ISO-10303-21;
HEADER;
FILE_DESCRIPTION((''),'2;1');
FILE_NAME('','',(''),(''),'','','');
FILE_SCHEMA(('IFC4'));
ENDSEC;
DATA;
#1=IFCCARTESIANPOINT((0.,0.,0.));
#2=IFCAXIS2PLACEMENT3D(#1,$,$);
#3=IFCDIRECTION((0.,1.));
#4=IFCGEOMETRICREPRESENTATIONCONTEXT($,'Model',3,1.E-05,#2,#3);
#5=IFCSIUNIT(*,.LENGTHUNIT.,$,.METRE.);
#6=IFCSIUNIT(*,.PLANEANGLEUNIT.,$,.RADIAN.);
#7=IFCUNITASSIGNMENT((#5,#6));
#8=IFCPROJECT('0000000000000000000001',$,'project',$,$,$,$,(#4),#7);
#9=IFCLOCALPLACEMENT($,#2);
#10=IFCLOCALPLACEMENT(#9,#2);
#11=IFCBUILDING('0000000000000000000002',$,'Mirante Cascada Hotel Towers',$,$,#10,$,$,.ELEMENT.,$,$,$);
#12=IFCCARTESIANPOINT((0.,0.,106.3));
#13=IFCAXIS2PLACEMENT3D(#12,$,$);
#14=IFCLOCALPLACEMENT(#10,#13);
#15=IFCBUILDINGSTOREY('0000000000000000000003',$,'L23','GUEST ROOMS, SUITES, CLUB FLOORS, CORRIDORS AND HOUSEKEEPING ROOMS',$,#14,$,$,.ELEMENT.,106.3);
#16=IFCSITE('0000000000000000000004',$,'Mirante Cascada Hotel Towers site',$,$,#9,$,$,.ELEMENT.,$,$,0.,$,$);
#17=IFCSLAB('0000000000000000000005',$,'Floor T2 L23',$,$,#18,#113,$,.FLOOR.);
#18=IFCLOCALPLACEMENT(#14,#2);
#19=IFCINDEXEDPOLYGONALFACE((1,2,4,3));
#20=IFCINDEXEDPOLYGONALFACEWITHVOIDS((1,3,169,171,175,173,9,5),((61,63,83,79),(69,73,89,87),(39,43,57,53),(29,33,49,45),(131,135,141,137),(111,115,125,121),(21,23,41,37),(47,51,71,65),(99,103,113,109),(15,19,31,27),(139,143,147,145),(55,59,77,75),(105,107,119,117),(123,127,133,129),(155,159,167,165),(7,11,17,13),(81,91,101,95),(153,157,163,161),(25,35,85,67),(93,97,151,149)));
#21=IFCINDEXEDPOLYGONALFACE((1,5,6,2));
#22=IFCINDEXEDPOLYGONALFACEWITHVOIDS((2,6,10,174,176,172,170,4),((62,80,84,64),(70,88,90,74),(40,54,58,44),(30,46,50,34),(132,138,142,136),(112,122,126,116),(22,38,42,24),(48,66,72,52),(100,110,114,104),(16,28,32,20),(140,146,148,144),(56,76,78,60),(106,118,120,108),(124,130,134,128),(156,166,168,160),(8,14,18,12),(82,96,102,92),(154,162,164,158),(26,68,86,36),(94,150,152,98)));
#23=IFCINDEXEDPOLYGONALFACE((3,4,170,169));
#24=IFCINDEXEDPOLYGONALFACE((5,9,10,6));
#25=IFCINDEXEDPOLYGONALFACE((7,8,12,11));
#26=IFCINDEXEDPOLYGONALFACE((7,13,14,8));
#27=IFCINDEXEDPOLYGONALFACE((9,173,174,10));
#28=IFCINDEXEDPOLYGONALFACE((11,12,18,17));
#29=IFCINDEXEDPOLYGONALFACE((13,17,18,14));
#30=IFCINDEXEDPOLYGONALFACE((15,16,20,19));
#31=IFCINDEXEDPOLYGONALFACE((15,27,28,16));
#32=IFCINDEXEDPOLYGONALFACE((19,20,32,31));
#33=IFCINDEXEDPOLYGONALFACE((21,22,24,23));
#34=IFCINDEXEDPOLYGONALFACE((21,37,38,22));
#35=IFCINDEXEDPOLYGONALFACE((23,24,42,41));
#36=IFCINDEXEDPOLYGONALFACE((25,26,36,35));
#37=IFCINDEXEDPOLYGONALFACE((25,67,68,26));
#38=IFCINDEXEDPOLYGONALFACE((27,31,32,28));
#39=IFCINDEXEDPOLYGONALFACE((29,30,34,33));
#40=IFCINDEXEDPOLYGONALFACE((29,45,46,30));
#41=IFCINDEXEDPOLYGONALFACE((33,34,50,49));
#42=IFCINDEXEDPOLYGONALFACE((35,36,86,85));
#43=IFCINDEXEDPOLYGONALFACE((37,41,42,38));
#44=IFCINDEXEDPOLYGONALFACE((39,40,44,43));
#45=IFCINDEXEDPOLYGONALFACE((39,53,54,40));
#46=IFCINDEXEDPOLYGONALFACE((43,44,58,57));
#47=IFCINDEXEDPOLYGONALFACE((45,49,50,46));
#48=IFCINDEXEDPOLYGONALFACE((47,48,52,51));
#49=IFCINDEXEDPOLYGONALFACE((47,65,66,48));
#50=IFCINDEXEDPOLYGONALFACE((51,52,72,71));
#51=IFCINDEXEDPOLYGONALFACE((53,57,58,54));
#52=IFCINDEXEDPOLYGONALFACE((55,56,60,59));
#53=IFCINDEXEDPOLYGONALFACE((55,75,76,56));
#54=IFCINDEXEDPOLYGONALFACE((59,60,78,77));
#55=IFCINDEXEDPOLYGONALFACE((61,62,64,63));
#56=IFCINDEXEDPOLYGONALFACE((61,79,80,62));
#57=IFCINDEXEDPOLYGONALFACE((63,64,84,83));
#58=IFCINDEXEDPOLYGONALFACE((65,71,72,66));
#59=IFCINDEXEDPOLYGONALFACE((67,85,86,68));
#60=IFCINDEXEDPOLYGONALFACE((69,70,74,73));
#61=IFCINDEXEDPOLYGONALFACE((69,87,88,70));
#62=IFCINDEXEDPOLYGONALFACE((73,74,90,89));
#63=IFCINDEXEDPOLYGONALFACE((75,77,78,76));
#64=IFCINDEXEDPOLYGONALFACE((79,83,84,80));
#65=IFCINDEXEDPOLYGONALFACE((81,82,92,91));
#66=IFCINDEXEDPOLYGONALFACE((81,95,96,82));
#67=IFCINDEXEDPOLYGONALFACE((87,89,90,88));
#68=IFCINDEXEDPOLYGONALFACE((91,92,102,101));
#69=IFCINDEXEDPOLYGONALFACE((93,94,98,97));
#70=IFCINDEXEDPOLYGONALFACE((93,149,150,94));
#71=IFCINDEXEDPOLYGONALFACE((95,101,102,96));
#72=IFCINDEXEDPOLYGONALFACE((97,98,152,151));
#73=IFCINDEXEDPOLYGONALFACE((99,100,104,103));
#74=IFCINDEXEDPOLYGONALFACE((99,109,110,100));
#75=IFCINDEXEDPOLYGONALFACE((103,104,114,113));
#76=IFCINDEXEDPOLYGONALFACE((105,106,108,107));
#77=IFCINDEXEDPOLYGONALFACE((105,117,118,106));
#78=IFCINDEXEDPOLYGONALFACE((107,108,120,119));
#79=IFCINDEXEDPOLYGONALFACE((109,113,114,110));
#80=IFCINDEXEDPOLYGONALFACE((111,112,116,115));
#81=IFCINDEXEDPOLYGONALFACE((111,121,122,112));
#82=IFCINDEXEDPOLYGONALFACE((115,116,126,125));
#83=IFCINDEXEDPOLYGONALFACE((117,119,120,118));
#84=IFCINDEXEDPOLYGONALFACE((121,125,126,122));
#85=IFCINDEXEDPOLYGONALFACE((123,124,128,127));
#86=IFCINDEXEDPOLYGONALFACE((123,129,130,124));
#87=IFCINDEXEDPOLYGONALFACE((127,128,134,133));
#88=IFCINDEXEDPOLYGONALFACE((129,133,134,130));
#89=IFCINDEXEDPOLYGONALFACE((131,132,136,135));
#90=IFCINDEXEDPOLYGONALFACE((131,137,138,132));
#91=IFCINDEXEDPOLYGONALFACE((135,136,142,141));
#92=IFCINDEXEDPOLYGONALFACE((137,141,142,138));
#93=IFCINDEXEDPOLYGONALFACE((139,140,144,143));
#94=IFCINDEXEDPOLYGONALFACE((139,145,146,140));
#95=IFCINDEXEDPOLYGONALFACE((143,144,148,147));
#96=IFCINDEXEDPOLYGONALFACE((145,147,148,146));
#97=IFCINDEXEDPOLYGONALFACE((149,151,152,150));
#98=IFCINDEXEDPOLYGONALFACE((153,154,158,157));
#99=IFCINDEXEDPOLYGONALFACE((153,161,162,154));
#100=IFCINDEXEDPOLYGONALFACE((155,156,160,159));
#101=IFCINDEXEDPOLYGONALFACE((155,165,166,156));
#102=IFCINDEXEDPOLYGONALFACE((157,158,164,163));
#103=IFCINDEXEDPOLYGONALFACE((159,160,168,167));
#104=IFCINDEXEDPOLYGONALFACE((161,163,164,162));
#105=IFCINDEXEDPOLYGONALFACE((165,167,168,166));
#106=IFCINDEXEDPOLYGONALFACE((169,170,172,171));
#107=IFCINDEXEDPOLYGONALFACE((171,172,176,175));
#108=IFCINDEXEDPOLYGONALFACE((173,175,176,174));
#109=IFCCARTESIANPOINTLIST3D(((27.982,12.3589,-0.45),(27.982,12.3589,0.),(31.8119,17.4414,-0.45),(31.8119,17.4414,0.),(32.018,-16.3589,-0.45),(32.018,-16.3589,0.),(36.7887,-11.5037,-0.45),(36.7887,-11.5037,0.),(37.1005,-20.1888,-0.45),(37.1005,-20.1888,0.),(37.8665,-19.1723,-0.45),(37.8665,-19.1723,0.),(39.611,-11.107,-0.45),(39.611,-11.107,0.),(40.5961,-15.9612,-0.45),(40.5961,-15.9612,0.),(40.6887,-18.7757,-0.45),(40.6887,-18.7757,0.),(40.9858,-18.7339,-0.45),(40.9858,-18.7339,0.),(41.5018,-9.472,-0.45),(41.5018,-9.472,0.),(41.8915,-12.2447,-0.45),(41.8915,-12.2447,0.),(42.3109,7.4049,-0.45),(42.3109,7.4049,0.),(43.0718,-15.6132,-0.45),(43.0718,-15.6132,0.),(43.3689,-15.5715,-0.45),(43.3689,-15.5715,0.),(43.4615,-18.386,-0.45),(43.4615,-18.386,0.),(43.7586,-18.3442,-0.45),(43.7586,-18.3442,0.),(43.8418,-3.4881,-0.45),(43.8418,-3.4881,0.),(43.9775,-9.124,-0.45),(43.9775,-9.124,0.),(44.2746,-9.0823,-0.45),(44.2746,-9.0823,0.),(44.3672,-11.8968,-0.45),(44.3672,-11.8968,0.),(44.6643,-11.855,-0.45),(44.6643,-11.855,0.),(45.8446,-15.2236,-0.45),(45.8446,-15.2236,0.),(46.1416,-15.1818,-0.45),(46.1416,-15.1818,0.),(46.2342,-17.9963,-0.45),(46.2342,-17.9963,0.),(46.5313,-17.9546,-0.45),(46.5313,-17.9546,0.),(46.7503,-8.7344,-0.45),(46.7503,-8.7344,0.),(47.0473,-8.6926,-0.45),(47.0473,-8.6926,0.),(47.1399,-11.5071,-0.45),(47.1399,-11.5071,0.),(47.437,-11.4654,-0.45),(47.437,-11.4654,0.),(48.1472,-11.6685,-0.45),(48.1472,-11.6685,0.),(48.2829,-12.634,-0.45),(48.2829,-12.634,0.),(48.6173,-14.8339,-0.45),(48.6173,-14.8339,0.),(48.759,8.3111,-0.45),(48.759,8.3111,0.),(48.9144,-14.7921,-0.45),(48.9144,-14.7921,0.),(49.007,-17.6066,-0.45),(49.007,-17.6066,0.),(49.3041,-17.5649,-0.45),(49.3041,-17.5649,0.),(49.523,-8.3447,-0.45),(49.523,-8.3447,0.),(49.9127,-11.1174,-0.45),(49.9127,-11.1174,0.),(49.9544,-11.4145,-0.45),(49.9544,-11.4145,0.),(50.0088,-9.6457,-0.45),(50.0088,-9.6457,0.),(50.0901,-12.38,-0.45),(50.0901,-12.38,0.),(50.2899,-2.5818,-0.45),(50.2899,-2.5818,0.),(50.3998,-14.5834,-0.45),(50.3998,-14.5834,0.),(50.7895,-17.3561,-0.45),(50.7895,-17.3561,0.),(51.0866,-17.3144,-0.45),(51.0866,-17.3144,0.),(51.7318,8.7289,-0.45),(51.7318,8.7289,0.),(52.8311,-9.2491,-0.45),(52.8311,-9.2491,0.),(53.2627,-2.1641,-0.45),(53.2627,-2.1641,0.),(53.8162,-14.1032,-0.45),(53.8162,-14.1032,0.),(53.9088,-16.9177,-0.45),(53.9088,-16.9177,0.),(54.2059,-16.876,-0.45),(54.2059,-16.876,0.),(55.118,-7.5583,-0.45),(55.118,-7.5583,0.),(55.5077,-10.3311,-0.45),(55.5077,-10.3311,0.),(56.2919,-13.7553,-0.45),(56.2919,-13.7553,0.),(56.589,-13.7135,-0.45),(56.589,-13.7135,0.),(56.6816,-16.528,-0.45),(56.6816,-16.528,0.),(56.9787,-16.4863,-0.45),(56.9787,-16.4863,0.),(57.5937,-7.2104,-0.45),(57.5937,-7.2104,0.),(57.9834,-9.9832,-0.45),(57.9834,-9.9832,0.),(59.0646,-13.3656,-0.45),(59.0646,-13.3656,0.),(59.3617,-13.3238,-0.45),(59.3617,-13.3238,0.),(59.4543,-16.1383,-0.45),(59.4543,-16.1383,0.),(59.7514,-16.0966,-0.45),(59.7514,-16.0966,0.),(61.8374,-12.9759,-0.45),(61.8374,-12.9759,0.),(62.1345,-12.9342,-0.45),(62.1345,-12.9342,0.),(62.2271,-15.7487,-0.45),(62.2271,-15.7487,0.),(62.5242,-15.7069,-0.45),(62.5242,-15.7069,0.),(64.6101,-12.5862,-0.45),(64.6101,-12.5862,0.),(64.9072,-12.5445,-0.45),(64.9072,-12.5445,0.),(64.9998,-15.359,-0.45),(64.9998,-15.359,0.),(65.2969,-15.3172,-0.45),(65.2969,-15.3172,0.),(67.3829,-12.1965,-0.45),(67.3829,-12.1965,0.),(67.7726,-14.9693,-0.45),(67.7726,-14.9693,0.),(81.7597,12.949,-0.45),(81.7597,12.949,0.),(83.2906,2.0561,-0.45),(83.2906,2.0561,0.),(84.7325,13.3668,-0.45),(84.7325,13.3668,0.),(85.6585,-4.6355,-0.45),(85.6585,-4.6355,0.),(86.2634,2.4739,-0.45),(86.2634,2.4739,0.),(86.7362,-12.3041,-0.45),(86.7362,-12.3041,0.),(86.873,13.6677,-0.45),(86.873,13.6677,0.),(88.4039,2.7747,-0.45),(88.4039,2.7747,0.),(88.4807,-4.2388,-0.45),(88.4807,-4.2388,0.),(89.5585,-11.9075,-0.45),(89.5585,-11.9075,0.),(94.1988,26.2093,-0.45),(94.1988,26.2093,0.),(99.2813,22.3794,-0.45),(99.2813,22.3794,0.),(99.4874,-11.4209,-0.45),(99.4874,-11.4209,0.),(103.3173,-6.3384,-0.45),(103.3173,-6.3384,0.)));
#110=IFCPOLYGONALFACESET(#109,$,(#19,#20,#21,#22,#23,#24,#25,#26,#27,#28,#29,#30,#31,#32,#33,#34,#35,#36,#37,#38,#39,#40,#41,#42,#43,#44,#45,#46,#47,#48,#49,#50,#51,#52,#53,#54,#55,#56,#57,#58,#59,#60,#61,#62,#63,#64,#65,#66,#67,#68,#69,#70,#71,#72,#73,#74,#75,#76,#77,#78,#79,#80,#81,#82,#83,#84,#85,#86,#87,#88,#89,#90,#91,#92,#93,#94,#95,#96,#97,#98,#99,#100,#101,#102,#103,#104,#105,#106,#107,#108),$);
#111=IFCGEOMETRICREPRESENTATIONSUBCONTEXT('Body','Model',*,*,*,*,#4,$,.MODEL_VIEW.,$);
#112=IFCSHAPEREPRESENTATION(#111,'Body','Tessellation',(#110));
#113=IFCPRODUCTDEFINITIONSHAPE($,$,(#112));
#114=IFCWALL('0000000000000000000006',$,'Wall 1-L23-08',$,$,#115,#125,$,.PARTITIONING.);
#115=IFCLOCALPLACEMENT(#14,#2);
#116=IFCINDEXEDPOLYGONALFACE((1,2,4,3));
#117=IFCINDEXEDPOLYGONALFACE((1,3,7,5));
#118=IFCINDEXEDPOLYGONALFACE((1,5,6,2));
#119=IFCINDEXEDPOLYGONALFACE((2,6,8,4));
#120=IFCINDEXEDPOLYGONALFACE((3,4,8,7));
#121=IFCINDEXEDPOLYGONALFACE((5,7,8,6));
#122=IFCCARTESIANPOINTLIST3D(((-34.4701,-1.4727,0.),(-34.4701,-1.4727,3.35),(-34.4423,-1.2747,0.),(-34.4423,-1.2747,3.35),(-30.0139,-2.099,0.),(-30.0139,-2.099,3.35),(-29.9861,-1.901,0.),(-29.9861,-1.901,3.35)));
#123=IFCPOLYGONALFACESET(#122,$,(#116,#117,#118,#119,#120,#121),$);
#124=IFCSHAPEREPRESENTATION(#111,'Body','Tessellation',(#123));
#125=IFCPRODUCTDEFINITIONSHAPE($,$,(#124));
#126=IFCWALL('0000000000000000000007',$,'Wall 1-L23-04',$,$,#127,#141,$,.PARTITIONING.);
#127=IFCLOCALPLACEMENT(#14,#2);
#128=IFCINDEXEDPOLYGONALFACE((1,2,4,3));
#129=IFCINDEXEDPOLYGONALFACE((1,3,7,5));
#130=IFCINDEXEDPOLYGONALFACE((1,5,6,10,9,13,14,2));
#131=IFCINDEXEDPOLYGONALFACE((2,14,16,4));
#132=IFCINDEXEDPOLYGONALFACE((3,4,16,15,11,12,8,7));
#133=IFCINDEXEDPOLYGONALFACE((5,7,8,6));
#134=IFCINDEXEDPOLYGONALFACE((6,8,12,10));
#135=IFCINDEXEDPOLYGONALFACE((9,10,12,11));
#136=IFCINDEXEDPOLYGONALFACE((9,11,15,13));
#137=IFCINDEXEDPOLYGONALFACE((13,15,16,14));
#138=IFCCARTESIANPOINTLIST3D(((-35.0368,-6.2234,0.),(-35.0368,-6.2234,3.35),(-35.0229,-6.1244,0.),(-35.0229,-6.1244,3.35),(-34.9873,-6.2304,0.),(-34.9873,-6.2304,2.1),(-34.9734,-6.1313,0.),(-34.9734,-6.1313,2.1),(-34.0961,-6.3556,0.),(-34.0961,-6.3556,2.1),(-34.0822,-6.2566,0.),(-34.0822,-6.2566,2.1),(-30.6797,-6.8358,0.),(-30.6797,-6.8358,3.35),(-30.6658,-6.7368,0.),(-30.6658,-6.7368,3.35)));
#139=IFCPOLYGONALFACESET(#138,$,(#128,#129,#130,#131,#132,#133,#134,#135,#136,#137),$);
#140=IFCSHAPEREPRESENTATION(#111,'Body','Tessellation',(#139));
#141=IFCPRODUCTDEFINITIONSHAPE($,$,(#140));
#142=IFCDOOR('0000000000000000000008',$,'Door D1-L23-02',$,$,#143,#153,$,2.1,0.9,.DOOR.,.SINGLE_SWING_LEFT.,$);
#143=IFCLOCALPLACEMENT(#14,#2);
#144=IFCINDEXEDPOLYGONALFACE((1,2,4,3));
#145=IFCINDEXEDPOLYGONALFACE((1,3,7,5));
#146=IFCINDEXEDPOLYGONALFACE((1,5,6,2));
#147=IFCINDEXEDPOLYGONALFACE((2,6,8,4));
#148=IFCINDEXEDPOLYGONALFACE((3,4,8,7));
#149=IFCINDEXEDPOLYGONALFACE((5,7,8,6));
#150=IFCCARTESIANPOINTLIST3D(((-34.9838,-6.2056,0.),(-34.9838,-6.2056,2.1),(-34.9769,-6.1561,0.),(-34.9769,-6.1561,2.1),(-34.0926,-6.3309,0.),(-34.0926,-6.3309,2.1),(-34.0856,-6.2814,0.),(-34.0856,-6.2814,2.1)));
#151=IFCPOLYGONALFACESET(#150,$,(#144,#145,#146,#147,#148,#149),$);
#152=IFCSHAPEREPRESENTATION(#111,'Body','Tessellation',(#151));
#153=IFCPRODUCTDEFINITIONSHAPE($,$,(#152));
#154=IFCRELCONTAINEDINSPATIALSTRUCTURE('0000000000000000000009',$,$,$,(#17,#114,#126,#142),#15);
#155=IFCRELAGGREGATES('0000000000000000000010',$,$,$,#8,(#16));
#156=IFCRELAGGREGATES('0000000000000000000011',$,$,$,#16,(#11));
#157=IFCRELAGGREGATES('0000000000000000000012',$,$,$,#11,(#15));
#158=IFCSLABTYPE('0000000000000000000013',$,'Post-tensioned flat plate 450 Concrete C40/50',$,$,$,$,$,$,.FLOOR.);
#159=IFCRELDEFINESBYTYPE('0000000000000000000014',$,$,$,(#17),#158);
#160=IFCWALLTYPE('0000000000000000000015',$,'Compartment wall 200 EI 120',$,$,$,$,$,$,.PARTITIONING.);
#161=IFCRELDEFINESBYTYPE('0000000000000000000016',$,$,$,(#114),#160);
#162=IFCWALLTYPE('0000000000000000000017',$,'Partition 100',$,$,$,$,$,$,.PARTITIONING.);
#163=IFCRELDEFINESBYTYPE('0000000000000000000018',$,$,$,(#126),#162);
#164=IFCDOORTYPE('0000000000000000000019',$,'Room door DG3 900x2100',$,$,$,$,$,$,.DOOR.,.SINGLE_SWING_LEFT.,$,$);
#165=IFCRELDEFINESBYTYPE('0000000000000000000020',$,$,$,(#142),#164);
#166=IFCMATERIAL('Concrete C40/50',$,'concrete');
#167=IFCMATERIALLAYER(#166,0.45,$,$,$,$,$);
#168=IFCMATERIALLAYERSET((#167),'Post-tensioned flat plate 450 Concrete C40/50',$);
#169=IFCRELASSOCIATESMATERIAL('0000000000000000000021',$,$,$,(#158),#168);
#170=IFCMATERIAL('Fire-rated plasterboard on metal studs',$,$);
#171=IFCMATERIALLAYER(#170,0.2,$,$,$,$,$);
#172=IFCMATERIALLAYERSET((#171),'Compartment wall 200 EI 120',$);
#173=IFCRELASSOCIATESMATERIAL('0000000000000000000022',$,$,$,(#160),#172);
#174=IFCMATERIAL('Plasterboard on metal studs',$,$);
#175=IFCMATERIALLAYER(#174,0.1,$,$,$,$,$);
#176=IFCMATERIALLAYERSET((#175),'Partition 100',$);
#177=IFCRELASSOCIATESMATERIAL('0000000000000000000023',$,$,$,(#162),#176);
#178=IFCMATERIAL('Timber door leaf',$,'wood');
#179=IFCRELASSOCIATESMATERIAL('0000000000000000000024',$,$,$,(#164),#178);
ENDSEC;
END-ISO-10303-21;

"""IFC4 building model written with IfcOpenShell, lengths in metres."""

from ifc_helpers import new_model, si_unit, direction, frame, frame_2d, origin, place, context, subcontext, project, spatial, polyline, rectangle, outline, extrude, material, layer, layer_set, type_object, element, fill, save


model = new_model("IFC4")

# Units and contexts
model_context = context("Model", 3, precision=1e-05, world=origin(), true_north=direction((0.0, 1.0)))
body_context = subcontext(model_context, "Body", "Model", "MODEL_VIEW")
ifc_project = project(units=[si_unit("LENGTHUNIT", "METRE"), si_unit("PLANEANGLEUNIT", "RADIAN")], contexts=[model_context])

# Site, building, storey
site_placement = place(None, origin())
site = spatial("IfcSite", under=ifc_project, at=site_placement, Name="Mirante Cascada Hotel Towers site", CompositionType="ELEMENT", RefElevation=0.0)
building_placement = place(site_placement, origin())
building = spatial("IfcBuilding", under=site, at=building_placement, Name="Mirante Cascada Hotel Towers", CompositionType="ELEMENT")
storey_placement = place(building_placement, frame((0.0, 0.0, 106.3)))
storey = spatial("IfcBuildingStorey", under=building, at=storey_placement, Name="L23", Description="GUEST ROOMS, SUITES, CLUB FLOORS, CORRIDORS AND HOUSEKEEPING ROOMS", CompositionType="ELEMENT", Elevation=106.3)

# Slab
ifc_material_1 = material(Name="Concrete C40/50", Category="concrete")
ifc_layer_1 = layer(ifc_material_1, 0.45)
ifc_layer_set_1 = layer_set([ifc_layer_1], Name="Post-tensioned flat plate 450 Concrete C40/50")
slab_type = type_object("IfcSlabType", Name="Post-tensioned flat plate 450 Concrete C40/50", PredefinedType="FLOOR", material=ifc_layer_set_1)
slab_1_placement = place(storey_placement, frame((0.0, 0.0, -0.45)))
element("IfcSlab", 1, at=slab_1_placement, inside=storey, type_object=slab_type, Name="Floor T2 L23", PredefinedType="FLOOR", context=body_context, shape_type="SweptSolid", body=[
    extrude(outline(polyline([(32.018, -16.3589), (27.982, 12.3589), (31.8119, 17.4414), (94.1988, 26.2093), (99.2813, 22.3794), (103.3173, -6.3384), (99.4874, -11.4209), (37.1005, -20.1888), (32.018, -16.3589)]), holes=[polyline([(43.0718, -15.6132), (40.5961, -15.9612), (40.9858, -18.7339), (43.4615, -18.386), (43.0718, -15.6132)]), polyline([(45.8446, -15.2236), (43.3689, -15.5715), (43.7586, -18.3442), (46.2342, -17.9963), (45.8446, -15.2236)]), polyline([(48.6173, -14.8339), (46.1416, -15.1818), (46.5313, -17.9546), (49.007, -17.6066), (48.6173, -14.8339)]), polyline([(50.3998, -14.5834), (48.9144, -14.7921), (49.3041, -17.5649), (50.7895, -17.3561), (50.3998, -14.5834)]), polyline([(37.8665, -19.1723), (40.6887, -18.7757), (39.611, -11.107), (36.7887, -11.5037), (37.8665, -19.1723)]), polyline([(49.9544, -11.4145), (48.1472, -11.6685), (48.2829, -12.634), (50.0901, -12.38), (49.9544, -11.4145)]), polyline([(43.9775, -9.124), (41.5018, -9.472), (41.8915, -12.2447), (44.3672, -11.8968), (43.9775, -9.124)]), polyline([(47.1399, -11.5071), (46.7503, -8.7344), (44.2746, -9.0823), (44.6643, -11.855), (47.1399, -11.5071)]), polyline([(49.9127, -11.1174), (49.523, -8.3447), (47.0473, -8.6926), (47.437, -11.4654), (49.9127, -11.1174)]), polyline([(56.2919, -13.7553), (53.8162, -14.1032), (54.2059, -16.876), (56.6816, -16.528), (56.2919, -13.7553)]), polyline([(59.0646, -13.3656), (56.589, -13.7135), (56.9787, -16.4863), (59.4543, -16.1383), (59.0646, -13.3656)]), polyline([(61.8374, -12.9759), (59.3617, -13.3238), (59.7514, -16.0966), (62.2271, -15.7487), (61.8374, -12.9759)]), polyline([(64.6101, -12.5862), (62.1345, -12.9342), (62.5242, -15.7069), (64.9998, -15.359), (64.6101, -12.5862)]), polyline([(67.3829, -12.1965), (64.9072, -12.5445), (65.2969, -15.3172), (67.7726, -14.9693), (67.3829, -12.1965)]), polyline([(51.0866, -17.3144), (53.9088, -16.9177), (52.8311, -9.2491), (50.0088, -9.6457), (51.0866, -17.3144)]), polyline([(86.7362, -12.3041), (89.5585, -11.9075), (88.4807, -4.2388), (85.6585, -4.6355), (86.7362, -12.3041)]), polyline([(57.9834, -9.9832), (57.5937, -7.2104), (55.118, -7.5583), (55.5077, -10.3311), (57.9834, -9.9832)]), polyline([(86.873, 13.6677), (88.4039, 2.7747), (86.2634, 2.4739), (86.2634, 2.4739), (84.7325, 13.3668), (84.7325, 13.3668), (86.873, 13.6677)]), polyline([(81.7597, 12.949), (81.7597, 12.949), (83.2906, 2.0561), (83.2906, 2.0561), (53.2627, -2.1641), (53.2627, -2.1641), (51.7318, 8.7289), (81.7597, 12.949)]), polyline([(43.8418, -3.4881), (42.3109, 7.4049), (48.759, 8.3111), (50.2899, -2.5818), (50.2899, -2.5818), (43.8418, -3.4881)])]), origin(), (0.0, 0.0, 1.0), 0.45),
])

# Wall
ifc_material_2 = material(Name="Fire-rated plasterboard on metal studs")
ifc_layer_2 = layer(ifc_material_2, 0.2)
ifc_layer_set_2 = layer_set([ifc_layer_2], Name="Compartment wall 200 EI 120")
wall_type_1 = type_object("IfcWallType", Name="Compartment wall 200 EI 120", PredefinedType="PARTITIONING", material=ifc_layer_set_2)
wall_1_placement = place(storey_placement, frame((-30.0, -2.0, 0.0), z_axis=(0.0, 0.0, 1.0), x_axis=(-0.990267, 0.139178, 0.0)))
element("IfcWall", 2, at=wall_1_placement, inside=storey, type_object=wall_type_1, Name="Wall 1-L23-08", PredefinedType="PARTITIONING", context=body_context, shape_type="SweptSolid", body=[
    extrude(rectangle(XDim=4.5, YDim=0.2, at=frame_2d((2.25, 0.0))), origin(), (0.0, 0.0, 1.0), 3.35),
])

# Wall, opening, door
ifc_material_3 = material(Name="Plasterboard on metal studs")
ifc_layer_3 = layer(ifc_material_3, 0.1)
ifc_layer_set_3 = layer_set([ifc_layer_3], Name="Partition 100")
wall_type_2 = type_object("IfcWallType", Name="Partition 100", PredefinedType="PARTITIONING", material=ifc_layer_set_3)
wall_2_placement = place(storey_placement, frame((-30.6727, -6.7863, 0.0), z_axis=(0.0, 0.0, 1.0), x_axis=(-0.990267, 0.139184, 0.0)))
wall_2 = element("IfcWall", 3, at=wall_2_placement, inside=storey, type_object=wall_type_2, Name="Wall 1-L23-04", PredefinedType="PARTITIONING", context=body_context, shape_type="SweptSolid", body=[
    extrude(rectangle(XDim=4.3999, YDim=0.1, at=frame_2d((2.2, 0.0))), origin(), (0.0, 0.0, 1.0), 3.35),
])
opening_placement = place(wall_2_placement, frame((3.45, 0.0, 0.0)))
opening = element("IfcOpeningElement", 4, at=opening_placement, cuts=wall_2, PredefinedType="OPENING", context=body_context, shape_type="SweptSolid", body=[
    extrude(rectangle(XDim=0.9, YDim=2.1, at=frame_2d((0.45, 1.05))), frame((0.0, 0.05, 0.0), z_axis=(0.0, -1.0, 0.0), x_axis=(1.0, 0.0, 0.0)), (0.0, 0.0, 1.0), 0.1),
])
ifc_material_4 = material(Name="Timber door leaf", Category="wood")
door_type = type_object("IfcDoorType", Name="Room door DG3 900x2100", OperationType="SINGLE_SWING_LEFT", PredefinedType="DOOR", material=ifc_material_4)
door_placement = place(opening_placement, origin())
door = element("IfcDoor", 5, at=door_placement, inside=storey, type_object=door_type, Name="Door D1-L23-02", OperationType="SINGLE_SWING_LEFT", OverallHeight=2.1, OverallWidth=0.9, PredefinedType="DOOR", context=body_context, shape_type="SweptSolid", body=[
    extrude(rectangle(XDim=0.9, YDim=2.1, at=frame_2d((0.45, 1.05))), frame((0.0, 0.025, 0.0), z_axis=(0.0, -1.0, 0.0), x_axis=(1.0, 0.0, 0.0)), (0.0, 0.0, 1.0), 0.05),
])
fill(opening, door)

save(model, "model.ifc")
